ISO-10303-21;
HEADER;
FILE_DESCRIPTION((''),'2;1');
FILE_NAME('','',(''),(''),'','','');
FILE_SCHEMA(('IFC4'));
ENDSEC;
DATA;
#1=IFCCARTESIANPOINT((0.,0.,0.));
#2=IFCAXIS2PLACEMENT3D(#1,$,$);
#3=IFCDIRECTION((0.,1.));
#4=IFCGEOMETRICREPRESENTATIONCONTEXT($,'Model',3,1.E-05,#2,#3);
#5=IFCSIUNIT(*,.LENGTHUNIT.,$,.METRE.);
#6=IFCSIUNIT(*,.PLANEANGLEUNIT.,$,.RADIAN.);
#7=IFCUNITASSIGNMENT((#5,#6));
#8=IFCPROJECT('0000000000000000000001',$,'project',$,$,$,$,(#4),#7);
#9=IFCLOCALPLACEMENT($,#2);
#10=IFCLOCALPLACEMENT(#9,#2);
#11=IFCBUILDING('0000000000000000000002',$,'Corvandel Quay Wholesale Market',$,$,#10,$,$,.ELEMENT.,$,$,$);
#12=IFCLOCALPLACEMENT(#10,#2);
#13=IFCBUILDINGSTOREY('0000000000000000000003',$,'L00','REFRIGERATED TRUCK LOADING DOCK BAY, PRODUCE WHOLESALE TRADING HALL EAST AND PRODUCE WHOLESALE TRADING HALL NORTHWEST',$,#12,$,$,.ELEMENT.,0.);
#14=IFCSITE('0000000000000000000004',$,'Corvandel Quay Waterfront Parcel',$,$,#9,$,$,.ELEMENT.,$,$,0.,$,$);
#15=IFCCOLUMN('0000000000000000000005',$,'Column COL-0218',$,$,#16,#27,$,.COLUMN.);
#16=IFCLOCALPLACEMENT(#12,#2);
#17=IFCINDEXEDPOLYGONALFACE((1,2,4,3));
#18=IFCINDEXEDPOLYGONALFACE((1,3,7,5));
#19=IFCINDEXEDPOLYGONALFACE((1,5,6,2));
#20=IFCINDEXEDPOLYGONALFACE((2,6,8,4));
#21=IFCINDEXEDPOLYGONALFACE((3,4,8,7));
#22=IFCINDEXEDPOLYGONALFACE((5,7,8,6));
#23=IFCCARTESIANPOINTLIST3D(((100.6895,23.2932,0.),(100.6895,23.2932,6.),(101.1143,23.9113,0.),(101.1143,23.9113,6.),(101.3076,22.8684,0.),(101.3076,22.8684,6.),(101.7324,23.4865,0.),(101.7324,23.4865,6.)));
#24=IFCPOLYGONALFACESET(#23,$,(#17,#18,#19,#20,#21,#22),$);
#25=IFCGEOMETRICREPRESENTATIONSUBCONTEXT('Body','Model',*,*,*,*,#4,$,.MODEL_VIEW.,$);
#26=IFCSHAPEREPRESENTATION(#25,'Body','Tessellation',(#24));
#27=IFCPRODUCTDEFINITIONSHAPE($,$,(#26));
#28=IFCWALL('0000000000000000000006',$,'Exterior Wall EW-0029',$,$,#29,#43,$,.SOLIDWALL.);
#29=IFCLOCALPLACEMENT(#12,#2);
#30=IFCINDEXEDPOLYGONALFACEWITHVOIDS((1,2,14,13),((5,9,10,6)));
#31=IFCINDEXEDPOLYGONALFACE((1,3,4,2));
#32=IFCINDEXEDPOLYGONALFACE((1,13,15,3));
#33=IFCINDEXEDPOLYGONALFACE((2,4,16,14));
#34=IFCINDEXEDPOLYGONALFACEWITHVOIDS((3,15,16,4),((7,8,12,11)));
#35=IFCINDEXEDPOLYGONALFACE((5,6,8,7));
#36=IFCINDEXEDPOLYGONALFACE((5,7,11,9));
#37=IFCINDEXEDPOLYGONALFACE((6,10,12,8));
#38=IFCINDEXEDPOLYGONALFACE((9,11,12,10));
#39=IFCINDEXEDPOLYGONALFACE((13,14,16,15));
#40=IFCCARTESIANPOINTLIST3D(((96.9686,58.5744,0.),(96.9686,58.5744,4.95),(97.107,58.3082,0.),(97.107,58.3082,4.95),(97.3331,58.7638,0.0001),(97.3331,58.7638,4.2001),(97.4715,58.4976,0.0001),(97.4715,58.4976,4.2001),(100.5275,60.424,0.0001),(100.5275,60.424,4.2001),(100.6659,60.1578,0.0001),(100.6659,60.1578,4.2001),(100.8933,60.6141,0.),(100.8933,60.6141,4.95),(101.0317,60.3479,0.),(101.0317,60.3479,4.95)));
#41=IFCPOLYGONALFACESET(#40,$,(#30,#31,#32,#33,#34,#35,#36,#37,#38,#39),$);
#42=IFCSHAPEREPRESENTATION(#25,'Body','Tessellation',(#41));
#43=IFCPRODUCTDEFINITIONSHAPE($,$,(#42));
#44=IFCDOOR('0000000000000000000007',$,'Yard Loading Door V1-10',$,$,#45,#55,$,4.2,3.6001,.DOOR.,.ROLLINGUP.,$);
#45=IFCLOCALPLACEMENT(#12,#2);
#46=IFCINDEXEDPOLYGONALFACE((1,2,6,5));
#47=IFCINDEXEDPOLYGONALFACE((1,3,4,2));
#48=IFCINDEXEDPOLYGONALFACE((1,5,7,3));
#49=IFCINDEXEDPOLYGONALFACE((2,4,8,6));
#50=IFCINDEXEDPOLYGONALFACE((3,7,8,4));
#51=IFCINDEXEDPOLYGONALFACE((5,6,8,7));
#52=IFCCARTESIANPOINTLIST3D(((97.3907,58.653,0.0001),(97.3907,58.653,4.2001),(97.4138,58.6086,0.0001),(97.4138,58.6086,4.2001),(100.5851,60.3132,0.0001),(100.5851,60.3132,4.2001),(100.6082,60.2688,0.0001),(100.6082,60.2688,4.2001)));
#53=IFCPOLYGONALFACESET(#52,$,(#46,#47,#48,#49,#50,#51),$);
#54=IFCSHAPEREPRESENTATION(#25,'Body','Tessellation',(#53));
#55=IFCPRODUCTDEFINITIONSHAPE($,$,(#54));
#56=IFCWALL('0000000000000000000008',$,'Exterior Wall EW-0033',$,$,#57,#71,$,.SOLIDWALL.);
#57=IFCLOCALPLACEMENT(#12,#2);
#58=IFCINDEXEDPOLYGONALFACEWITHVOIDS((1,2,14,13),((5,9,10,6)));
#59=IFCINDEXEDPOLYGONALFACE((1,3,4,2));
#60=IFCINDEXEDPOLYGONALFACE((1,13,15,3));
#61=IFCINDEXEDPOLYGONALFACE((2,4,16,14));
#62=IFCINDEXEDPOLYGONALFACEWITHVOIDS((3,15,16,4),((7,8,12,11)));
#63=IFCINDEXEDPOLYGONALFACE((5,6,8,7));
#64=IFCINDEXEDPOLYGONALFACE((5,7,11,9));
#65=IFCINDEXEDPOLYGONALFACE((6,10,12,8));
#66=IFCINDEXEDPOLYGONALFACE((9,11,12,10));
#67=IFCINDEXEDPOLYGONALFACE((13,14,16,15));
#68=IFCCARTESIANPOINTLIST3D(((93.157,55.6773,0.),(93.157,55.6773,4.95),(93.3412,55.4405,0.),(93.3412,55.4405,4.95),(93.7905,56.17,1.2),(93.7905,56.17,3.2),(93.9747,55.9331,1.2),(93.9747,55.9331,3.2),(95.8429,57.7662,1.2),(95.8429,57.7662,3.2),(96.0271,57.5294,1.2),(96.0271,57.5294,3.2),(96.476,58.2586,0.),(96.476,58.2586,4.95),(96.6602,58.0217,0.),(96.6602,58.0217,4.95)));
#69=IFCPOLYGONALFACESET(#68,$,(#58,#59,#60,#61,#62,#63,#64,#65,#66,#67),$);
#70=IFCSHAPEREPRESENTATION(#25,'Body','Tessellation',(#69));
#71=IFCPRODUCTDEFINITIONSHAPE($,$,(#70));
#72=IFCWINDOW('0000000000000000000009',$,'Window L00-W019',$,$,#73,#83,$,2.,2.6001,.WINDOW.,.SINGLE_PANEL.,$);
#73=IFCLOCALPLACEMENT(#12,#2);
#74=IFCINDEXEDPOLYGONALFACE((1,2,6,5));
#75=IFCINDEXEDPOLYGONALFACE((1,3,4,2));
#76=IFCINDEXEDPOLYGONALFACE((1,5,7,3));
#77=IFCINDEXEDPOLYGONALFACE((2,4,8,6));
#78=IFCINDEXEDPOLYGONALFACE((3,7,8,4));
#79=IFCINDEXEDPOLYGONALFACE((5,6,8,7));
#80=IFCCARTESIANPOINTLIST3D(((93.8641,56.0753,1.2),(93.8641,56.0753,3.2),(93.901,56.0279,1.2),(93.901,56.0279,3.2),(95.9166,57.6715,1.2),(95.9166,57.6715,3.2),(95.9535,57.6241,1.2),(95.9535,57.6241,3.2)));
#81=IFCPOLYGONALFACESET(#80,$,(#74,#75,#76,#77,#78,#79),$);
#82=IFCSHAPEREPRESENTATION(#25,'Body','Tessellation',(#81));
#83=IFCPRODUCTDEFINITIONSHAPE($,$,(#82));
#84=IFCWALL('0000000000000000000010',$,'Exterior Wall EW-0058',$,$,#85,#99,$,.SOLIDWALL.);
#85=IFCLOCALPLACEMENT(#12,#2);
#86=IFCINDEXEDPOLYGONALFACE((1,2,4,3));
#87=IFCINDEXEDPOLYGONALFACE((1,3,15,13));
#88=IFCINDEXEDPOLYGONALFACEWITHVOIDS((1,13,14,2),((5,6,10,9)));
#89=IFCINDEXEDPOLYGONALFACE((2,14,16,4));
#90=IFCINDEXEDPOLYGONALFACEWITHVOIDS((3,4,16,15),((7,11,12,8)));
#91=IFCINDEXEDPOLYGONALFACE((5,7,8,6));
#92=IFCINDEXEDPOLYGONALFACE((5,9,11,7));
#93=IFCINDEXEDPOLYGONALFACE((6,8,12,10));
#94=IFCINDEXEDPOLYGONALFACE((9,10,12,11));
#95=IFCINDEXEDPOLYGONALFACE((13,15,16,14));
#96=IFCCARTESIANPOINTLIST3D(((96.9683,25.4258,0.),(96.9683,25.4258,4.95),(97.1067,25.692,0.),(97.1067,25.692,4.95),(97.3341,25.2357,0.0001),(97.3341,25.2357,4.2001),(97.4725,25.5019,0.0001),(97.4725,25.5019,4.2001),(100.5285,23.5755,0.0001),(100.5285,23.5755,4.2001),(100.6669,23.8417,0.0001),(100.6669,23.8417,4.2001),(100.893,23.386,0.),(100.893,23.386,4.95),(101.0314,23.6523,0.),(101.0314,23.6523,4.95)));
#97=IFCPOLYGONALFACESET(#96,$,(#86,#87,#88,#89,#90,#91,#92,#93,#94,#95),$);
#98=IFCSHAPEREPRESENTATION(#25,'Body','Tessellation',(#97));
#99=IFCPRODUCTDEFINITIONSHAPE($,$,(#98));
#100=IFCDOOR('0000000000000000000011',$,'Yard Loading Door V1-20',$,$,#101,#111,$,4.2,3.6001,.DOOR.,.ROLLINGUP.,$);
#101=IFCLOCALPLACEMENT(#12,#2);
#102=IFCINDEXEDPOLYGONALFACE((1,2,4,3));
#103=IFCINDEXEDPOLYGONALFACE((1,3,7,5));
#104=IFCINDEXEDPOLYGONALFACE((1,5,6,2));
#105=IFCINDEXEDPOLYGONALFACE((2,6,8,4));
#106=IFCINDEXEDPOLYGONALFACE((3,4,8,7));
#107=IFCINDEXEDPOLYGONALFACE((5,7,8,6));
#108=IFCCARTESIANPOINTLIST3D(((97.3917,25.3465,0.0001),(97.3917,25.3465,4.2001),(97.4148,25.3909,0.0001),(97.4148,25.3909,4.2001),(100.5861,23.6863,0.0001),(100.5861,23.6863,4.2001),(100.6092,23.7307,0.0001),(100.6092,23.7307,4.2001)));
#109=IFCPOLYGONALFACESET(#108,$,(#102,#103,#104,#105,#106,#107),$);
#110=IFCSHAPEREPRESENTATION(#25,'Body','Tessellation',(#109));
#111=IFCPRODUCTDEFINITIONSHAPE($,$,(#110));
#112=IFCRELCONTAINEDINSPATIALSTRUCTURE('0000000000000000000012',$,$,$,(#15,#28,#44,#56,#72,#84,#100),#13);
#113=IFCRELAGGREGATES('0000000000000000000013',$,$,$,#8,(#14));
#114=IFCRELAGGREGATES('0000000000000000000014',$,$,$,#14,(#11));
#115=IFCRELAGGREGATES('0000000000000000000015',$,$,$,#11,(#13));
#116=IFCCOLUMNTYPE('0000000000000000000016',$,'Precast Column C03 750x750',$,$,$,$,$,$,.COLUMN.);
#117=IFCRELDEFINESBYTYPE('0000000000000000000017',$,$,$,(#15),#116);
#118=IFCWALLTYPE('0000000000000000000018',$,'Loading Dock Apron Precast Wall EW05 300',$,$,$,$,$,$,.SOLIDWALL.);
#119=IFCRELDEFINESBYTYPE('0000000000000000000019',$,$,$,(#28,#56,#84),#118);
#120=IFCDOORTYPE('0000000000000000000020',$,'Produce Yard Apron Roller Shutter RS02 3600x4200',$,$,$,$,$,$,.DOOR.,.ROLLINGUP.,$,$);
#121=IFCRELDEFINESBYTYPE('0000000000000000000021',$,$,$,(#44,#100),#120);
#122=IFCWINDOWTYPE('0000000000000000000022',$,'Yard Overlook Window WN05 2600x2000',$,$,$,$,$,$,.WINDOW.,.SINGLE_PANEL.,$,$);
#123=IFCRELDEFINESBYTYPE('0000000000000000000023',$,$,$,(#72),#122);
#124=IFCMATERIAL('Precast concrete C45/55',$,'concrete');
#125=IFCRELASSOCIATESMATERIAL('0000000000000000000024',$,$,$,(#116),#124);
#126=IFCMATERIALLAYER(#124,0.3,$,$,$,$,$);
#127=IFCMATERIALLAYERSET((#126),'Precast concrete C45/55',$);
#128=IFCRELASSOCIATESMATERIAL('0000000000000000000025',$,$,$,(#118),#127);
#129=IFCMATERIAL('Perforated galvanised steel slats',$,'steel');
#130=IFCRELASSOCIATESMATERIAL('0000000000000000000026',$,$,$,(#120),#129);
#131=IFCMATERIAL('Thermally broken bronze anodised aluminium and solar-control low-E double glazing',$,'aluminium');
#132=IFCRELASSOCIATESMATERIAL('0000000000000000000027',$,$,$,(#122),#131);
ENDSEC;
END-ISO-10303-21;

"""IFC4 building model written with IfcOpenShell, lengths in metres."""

from ifc_helpers import new_model, si_unit, direction, frame, frame_2d, origin, origin_2d, place, context, subcontext, project, spatial, rectangle, extrude, material, layer, layer_set, material_profile, profile_set, type_object, element, fill, save


model = new_model("IFC4")

# Units and contexts
model_context = context("Model", 3, precision=1e-05, world=origin(), true_north=direction((0.0, 1.0)))
body_context = subcontext(model_context, "Body", "Model", "MODEL_VIEW")
ifc_project = project(units=[si_unit("LENGTHUNIT", "METRE"), si_unit("PLANEANGLEUNIT", "RADIAN")], contexts=[model_context])

# Site, building, storey
site_placement = place(None, origin())
site = spatial("IfcSite", under=ifc_project, at=site_placement, Name="Corvandel Quay Waterfront Parcel", CompositionType="ELEMENT", RefElevation=0.0)
building_placement = place(site_placement, origin())
building = spatial("IfcBuilding", under=site, at=building_placement, Name="Corvandel Quay Wholesale Market", CompositionType="ELEMENT")
storey_placement = place(building_placement, origin())
storey = spatial("IfcBuildingStorey", under=building, at=storey_placement, Name="L00", Description="REFRIGERATED TRUCK LOADING DOCK BAY, PRODUCE WHOLESALE TRADING HALL EAST AND PRODUCE WHOLESALE TRADING HALL NORTHWEST", CompositionType="ELEMENT", Elevation=0.0)

# Column
ifc_material_1 = material(Name="Precast concrete C45/55", Category="concrete")
ifc_material_profile_1 = material_profile(ifc_material_1, rectangle(XDim=0.75, YDim=0.75, at=origin_2d()), Name="PC-COL-750x750")
ifc_profile_set_1 = profile_set([ifc_material_profile_1], Name="Precast concrete C45/55")
column_type = type_object("IfcColumnType", Name="Precast Column C03 750x750", PredefinedType="COLUMN", material=ifc_profile_set_1)
for number, where, z_axis, x_axis, name in (
    (1, (101.2109, 23.3899, 0.0), (0.0, 0.0, 1.0), (-0.824126, 0.566406, 0.0), "Column COL-0218"),
):
    element("IfcColumn", number, at=place(storey_placement, frame(where, z_axis=z_axis, x_axis=x_axis)), inside=storey, type_object=column_type, Name=name, PredefinedType="COLUMN", context=body_context, shape_type="SweptSolid", body=[
        extrude(rectangle(XDim=0.75, YDim=0.75, at=origin_2d()), origin(), (0.0, 0.0, 1.0), 6.0),
    ])

# Wall, opening, door
ifc_layer_1 = layer(ifc_material_1, 0.3)
ifc_layer_set_1 = layer_set([ifc_layer_1], Name="Precast concrete C45/55")
wall_type = type_object("IfcWallType", Name="Loading Dock Apron Precast Wall EW05 300", PredefinedType="SOLIDWALL", material=ifc_layer_set_1)
wall_1_placement = place(storey_placement, frame((100.9624, 60.481, 0.0), z_axis=(0.0, 0.0, 1.0), x_axis=(-0.887319, -0.461156, 0.0)))
wall_1 = element("IfcWall", 2, at=wall_1_placement, inside=storey, type_object=wall_type, Name="Exterior Wall EW-0029", PredefinedType="SOLIDWALL", context=body_context, shape_type="SweptSolid", body=[
    extrude(rectangle(XDim=4.4231, YDim=0.3, at=frame_2d((2.2114, 0.0))), origin(), (0.0, 0.0, 1.0), 4.95),
])
opening_1_placement = place(wall_1_placement, frame((0.4121, 0.0, 0.0)))
opening_1 = element("IfcOpeningElement", 3, at=opening_1_placement, cuts=wall_1, PredefinedType="OPENING", context=body_context, shape_type="SweptSolid", body=[
    extrude(rectangle(XDim=3.6001, YDim=4.2, at=frame_2d((1.8, 2.1001))), frame((0.0, 0.1599, 0.0), z_axis=(0.0, -1.0, 0.0), x_axis=(1.0, 0.0, 0.0)), (0.0, 0.0, 1.0), 0.3201),
])
ifc_material_2 = material(Name="Perforated galvanised steel slats", Category="steel")
door_type = type_object("IfcDoorType", Name="Produce Yard Apron Roller Shutter RS02 3600x4200", OperationType="ROLLINGUP", PredefinedType="DOOR", material=ifc_material_2)
door_1_placement = place(opening_1_placement, origin())
door_1 = element("IfcDoor", 4, at=door_1_placement, inside=storey, type_object=door_type, Name="Yard Loading Door V1-10", OperationType="ROLLINGUP", OverallHeight=4.2, OverallWidth=3.6001, PredefinedType="DOOR", context=body_context, shape_type="SweptSolid", body=[
    extrude(rectangle(XDim=3.6001, YDim=4.2, at=frame_2d((1.8, 2.1001))), frame((0.0, 0.0249, 0.0), z_axis=(0.0, -1.0, 0.0), x_axis=(1.0, 0.0, 0.0)), (0.0, 0.0, 1.0), 0.05),
])
fill(opening_1, door_1)

# Wall, opening, window
wall_2_placement = place(storey_placement, frame((96.5681, 58.1401, 0.0), z_axis=(0.0, 0.0, 1.0), x_axis=(-0.789377, -0.613908, 0.0)))
wall_2 = element("IfcWall", 5, at=wall_2_placement, inside=storey, type_object=wall_type, Name="Exterior Wall EW-0033", PredefinedType="SOLIDWALL", context=body_context, shape_type="SweptSolid", body=[
    extrude(rectangle(XDim=4.2046, YDim=0.3, at=frame_2d((2.1023, 0.0))), origin(), (0.0, 0.0, 1.0), 4.95),
])
opening_2_placement = place(wall_2_placement, frame((0.802, 0.0, 1.2)))
opening_2 = element("IfcOpeningElement", 6, at=opening_2_placement, cuts=wall_2, PredefinedType="OPENING", context=body_context, shape_type="SweptSolid", body=[
    extrude(rectangle(XDim=2.6001, YDim=2.0, at=frame_2d((1.3, 1.0))), frame((0.0, 0.1599, 0.0), z_axis=(0.0, -1.0, 0.0), x_axis=(1.0, 0.0, 0.0)), (0.0, 0.0, 1.0), 0.3201),
])
ifc_material_3 = material(Name="Thermally broken bronze anodised aluminium and solar-control low-E double glazing", Category="aluminium")
window_type = type_object("IfcWindowType", Name="Yard Overlook Window WN05 2600x2000", PartitioningType="SINGLE_PANEL", PredefinedType="WINDOW", material=ifc_material_3)
window_placement = place(opening_2_placement, origin())
window = element("IfcWindow", 7, at=window_placement, inside=storey, type_object=window_type, Name="Window L00-W019", OverallHeight=2.0, OverallWidth=2.6001, PartitioningType="SINGLE_PANEL", PredefinedType="WINDOW", context=body_context, shape_type="SweptSolid", body=[
    extrude(rectangle(XDim=2.6001, YDim=2.0, at=frame_2d((1.3, 1.0))), frame((0.0, 0.03, 0.0), z_axis=(0.0, -1.0, 0.0), x_axis=(1.0, 0.0, 0.0)), (0.0, 0.0, 1.0), 0.0601),
])
fill(opening_2, window)

# Wall, opening, door
wall_3_placement = place(storey_placement, frame((97.0376, 25.5588, 0.0), z_axis=(0.0, 0.0, 1.0), x_axis=(0.887319, -0.461156, 0.0)))
wall_3 = element("IfcWall", 8, at=wall_3_placement, inside=storey, type_object=wall_type, Name="Exterior Wall EW-0058", PredefinedType="SOLIDWALL", context=body_context, shape_type="SweptSolid", body=[
    extrude(rectangle(XDim=4.4231, YDim=0.3, at=frame_2d((2.2114, 0.0))), origin(), (0.0, 0.0, 1.0), 4.95),
])
opening_3_placement = place(wall_3_placement, frame((0.4121, 0.0, 0.0)))
opening_3 = element("IfcOpeningElement", 9, at=opening_3_placement, cuts=wall_3, PredefinedType="OPENING", context=body_context, shape_type="SweptSolid", body=[
    extrude(rectangle(XDim=3.6001, YDim=4.2, at=frame_2d((1.8, 2.1001))), frame((0.0, 0.1599, 0.0), z_axis=(0.0, -1.0, 0.0), x_axis=(1.0, 0.0, 0.0)), (0.0, 0.0, 1.0), 0.3201),
])
door_2_placement = place(opening_3_placement, origin())
door_2 = element("IfcDoor", 10, at=door_2_placement, inside=storey, type_object=door_type, Name="Yard Loading Door V1-20", OperationType="ROLLINGUP", OverallHeight=4.2, OverallWidth=3.6001, PredefinedType="DOOR", context=body_context, shape_type="SweptSolid", body=[
    extrude(rectangle(XDim=3.6001, YDim=4.2, at=frame_2d((1.8, 2.1001))), frame((0.0, 0.0249, 0.0), z_axis=(0.0, -1.0, 0.0), x_axis=(1.0, 0.0, 0.0)), (0.0, 0.0, 1.0), 0.05),
])
fill(opening_3, door_2)

save(model, "model.ifc")
